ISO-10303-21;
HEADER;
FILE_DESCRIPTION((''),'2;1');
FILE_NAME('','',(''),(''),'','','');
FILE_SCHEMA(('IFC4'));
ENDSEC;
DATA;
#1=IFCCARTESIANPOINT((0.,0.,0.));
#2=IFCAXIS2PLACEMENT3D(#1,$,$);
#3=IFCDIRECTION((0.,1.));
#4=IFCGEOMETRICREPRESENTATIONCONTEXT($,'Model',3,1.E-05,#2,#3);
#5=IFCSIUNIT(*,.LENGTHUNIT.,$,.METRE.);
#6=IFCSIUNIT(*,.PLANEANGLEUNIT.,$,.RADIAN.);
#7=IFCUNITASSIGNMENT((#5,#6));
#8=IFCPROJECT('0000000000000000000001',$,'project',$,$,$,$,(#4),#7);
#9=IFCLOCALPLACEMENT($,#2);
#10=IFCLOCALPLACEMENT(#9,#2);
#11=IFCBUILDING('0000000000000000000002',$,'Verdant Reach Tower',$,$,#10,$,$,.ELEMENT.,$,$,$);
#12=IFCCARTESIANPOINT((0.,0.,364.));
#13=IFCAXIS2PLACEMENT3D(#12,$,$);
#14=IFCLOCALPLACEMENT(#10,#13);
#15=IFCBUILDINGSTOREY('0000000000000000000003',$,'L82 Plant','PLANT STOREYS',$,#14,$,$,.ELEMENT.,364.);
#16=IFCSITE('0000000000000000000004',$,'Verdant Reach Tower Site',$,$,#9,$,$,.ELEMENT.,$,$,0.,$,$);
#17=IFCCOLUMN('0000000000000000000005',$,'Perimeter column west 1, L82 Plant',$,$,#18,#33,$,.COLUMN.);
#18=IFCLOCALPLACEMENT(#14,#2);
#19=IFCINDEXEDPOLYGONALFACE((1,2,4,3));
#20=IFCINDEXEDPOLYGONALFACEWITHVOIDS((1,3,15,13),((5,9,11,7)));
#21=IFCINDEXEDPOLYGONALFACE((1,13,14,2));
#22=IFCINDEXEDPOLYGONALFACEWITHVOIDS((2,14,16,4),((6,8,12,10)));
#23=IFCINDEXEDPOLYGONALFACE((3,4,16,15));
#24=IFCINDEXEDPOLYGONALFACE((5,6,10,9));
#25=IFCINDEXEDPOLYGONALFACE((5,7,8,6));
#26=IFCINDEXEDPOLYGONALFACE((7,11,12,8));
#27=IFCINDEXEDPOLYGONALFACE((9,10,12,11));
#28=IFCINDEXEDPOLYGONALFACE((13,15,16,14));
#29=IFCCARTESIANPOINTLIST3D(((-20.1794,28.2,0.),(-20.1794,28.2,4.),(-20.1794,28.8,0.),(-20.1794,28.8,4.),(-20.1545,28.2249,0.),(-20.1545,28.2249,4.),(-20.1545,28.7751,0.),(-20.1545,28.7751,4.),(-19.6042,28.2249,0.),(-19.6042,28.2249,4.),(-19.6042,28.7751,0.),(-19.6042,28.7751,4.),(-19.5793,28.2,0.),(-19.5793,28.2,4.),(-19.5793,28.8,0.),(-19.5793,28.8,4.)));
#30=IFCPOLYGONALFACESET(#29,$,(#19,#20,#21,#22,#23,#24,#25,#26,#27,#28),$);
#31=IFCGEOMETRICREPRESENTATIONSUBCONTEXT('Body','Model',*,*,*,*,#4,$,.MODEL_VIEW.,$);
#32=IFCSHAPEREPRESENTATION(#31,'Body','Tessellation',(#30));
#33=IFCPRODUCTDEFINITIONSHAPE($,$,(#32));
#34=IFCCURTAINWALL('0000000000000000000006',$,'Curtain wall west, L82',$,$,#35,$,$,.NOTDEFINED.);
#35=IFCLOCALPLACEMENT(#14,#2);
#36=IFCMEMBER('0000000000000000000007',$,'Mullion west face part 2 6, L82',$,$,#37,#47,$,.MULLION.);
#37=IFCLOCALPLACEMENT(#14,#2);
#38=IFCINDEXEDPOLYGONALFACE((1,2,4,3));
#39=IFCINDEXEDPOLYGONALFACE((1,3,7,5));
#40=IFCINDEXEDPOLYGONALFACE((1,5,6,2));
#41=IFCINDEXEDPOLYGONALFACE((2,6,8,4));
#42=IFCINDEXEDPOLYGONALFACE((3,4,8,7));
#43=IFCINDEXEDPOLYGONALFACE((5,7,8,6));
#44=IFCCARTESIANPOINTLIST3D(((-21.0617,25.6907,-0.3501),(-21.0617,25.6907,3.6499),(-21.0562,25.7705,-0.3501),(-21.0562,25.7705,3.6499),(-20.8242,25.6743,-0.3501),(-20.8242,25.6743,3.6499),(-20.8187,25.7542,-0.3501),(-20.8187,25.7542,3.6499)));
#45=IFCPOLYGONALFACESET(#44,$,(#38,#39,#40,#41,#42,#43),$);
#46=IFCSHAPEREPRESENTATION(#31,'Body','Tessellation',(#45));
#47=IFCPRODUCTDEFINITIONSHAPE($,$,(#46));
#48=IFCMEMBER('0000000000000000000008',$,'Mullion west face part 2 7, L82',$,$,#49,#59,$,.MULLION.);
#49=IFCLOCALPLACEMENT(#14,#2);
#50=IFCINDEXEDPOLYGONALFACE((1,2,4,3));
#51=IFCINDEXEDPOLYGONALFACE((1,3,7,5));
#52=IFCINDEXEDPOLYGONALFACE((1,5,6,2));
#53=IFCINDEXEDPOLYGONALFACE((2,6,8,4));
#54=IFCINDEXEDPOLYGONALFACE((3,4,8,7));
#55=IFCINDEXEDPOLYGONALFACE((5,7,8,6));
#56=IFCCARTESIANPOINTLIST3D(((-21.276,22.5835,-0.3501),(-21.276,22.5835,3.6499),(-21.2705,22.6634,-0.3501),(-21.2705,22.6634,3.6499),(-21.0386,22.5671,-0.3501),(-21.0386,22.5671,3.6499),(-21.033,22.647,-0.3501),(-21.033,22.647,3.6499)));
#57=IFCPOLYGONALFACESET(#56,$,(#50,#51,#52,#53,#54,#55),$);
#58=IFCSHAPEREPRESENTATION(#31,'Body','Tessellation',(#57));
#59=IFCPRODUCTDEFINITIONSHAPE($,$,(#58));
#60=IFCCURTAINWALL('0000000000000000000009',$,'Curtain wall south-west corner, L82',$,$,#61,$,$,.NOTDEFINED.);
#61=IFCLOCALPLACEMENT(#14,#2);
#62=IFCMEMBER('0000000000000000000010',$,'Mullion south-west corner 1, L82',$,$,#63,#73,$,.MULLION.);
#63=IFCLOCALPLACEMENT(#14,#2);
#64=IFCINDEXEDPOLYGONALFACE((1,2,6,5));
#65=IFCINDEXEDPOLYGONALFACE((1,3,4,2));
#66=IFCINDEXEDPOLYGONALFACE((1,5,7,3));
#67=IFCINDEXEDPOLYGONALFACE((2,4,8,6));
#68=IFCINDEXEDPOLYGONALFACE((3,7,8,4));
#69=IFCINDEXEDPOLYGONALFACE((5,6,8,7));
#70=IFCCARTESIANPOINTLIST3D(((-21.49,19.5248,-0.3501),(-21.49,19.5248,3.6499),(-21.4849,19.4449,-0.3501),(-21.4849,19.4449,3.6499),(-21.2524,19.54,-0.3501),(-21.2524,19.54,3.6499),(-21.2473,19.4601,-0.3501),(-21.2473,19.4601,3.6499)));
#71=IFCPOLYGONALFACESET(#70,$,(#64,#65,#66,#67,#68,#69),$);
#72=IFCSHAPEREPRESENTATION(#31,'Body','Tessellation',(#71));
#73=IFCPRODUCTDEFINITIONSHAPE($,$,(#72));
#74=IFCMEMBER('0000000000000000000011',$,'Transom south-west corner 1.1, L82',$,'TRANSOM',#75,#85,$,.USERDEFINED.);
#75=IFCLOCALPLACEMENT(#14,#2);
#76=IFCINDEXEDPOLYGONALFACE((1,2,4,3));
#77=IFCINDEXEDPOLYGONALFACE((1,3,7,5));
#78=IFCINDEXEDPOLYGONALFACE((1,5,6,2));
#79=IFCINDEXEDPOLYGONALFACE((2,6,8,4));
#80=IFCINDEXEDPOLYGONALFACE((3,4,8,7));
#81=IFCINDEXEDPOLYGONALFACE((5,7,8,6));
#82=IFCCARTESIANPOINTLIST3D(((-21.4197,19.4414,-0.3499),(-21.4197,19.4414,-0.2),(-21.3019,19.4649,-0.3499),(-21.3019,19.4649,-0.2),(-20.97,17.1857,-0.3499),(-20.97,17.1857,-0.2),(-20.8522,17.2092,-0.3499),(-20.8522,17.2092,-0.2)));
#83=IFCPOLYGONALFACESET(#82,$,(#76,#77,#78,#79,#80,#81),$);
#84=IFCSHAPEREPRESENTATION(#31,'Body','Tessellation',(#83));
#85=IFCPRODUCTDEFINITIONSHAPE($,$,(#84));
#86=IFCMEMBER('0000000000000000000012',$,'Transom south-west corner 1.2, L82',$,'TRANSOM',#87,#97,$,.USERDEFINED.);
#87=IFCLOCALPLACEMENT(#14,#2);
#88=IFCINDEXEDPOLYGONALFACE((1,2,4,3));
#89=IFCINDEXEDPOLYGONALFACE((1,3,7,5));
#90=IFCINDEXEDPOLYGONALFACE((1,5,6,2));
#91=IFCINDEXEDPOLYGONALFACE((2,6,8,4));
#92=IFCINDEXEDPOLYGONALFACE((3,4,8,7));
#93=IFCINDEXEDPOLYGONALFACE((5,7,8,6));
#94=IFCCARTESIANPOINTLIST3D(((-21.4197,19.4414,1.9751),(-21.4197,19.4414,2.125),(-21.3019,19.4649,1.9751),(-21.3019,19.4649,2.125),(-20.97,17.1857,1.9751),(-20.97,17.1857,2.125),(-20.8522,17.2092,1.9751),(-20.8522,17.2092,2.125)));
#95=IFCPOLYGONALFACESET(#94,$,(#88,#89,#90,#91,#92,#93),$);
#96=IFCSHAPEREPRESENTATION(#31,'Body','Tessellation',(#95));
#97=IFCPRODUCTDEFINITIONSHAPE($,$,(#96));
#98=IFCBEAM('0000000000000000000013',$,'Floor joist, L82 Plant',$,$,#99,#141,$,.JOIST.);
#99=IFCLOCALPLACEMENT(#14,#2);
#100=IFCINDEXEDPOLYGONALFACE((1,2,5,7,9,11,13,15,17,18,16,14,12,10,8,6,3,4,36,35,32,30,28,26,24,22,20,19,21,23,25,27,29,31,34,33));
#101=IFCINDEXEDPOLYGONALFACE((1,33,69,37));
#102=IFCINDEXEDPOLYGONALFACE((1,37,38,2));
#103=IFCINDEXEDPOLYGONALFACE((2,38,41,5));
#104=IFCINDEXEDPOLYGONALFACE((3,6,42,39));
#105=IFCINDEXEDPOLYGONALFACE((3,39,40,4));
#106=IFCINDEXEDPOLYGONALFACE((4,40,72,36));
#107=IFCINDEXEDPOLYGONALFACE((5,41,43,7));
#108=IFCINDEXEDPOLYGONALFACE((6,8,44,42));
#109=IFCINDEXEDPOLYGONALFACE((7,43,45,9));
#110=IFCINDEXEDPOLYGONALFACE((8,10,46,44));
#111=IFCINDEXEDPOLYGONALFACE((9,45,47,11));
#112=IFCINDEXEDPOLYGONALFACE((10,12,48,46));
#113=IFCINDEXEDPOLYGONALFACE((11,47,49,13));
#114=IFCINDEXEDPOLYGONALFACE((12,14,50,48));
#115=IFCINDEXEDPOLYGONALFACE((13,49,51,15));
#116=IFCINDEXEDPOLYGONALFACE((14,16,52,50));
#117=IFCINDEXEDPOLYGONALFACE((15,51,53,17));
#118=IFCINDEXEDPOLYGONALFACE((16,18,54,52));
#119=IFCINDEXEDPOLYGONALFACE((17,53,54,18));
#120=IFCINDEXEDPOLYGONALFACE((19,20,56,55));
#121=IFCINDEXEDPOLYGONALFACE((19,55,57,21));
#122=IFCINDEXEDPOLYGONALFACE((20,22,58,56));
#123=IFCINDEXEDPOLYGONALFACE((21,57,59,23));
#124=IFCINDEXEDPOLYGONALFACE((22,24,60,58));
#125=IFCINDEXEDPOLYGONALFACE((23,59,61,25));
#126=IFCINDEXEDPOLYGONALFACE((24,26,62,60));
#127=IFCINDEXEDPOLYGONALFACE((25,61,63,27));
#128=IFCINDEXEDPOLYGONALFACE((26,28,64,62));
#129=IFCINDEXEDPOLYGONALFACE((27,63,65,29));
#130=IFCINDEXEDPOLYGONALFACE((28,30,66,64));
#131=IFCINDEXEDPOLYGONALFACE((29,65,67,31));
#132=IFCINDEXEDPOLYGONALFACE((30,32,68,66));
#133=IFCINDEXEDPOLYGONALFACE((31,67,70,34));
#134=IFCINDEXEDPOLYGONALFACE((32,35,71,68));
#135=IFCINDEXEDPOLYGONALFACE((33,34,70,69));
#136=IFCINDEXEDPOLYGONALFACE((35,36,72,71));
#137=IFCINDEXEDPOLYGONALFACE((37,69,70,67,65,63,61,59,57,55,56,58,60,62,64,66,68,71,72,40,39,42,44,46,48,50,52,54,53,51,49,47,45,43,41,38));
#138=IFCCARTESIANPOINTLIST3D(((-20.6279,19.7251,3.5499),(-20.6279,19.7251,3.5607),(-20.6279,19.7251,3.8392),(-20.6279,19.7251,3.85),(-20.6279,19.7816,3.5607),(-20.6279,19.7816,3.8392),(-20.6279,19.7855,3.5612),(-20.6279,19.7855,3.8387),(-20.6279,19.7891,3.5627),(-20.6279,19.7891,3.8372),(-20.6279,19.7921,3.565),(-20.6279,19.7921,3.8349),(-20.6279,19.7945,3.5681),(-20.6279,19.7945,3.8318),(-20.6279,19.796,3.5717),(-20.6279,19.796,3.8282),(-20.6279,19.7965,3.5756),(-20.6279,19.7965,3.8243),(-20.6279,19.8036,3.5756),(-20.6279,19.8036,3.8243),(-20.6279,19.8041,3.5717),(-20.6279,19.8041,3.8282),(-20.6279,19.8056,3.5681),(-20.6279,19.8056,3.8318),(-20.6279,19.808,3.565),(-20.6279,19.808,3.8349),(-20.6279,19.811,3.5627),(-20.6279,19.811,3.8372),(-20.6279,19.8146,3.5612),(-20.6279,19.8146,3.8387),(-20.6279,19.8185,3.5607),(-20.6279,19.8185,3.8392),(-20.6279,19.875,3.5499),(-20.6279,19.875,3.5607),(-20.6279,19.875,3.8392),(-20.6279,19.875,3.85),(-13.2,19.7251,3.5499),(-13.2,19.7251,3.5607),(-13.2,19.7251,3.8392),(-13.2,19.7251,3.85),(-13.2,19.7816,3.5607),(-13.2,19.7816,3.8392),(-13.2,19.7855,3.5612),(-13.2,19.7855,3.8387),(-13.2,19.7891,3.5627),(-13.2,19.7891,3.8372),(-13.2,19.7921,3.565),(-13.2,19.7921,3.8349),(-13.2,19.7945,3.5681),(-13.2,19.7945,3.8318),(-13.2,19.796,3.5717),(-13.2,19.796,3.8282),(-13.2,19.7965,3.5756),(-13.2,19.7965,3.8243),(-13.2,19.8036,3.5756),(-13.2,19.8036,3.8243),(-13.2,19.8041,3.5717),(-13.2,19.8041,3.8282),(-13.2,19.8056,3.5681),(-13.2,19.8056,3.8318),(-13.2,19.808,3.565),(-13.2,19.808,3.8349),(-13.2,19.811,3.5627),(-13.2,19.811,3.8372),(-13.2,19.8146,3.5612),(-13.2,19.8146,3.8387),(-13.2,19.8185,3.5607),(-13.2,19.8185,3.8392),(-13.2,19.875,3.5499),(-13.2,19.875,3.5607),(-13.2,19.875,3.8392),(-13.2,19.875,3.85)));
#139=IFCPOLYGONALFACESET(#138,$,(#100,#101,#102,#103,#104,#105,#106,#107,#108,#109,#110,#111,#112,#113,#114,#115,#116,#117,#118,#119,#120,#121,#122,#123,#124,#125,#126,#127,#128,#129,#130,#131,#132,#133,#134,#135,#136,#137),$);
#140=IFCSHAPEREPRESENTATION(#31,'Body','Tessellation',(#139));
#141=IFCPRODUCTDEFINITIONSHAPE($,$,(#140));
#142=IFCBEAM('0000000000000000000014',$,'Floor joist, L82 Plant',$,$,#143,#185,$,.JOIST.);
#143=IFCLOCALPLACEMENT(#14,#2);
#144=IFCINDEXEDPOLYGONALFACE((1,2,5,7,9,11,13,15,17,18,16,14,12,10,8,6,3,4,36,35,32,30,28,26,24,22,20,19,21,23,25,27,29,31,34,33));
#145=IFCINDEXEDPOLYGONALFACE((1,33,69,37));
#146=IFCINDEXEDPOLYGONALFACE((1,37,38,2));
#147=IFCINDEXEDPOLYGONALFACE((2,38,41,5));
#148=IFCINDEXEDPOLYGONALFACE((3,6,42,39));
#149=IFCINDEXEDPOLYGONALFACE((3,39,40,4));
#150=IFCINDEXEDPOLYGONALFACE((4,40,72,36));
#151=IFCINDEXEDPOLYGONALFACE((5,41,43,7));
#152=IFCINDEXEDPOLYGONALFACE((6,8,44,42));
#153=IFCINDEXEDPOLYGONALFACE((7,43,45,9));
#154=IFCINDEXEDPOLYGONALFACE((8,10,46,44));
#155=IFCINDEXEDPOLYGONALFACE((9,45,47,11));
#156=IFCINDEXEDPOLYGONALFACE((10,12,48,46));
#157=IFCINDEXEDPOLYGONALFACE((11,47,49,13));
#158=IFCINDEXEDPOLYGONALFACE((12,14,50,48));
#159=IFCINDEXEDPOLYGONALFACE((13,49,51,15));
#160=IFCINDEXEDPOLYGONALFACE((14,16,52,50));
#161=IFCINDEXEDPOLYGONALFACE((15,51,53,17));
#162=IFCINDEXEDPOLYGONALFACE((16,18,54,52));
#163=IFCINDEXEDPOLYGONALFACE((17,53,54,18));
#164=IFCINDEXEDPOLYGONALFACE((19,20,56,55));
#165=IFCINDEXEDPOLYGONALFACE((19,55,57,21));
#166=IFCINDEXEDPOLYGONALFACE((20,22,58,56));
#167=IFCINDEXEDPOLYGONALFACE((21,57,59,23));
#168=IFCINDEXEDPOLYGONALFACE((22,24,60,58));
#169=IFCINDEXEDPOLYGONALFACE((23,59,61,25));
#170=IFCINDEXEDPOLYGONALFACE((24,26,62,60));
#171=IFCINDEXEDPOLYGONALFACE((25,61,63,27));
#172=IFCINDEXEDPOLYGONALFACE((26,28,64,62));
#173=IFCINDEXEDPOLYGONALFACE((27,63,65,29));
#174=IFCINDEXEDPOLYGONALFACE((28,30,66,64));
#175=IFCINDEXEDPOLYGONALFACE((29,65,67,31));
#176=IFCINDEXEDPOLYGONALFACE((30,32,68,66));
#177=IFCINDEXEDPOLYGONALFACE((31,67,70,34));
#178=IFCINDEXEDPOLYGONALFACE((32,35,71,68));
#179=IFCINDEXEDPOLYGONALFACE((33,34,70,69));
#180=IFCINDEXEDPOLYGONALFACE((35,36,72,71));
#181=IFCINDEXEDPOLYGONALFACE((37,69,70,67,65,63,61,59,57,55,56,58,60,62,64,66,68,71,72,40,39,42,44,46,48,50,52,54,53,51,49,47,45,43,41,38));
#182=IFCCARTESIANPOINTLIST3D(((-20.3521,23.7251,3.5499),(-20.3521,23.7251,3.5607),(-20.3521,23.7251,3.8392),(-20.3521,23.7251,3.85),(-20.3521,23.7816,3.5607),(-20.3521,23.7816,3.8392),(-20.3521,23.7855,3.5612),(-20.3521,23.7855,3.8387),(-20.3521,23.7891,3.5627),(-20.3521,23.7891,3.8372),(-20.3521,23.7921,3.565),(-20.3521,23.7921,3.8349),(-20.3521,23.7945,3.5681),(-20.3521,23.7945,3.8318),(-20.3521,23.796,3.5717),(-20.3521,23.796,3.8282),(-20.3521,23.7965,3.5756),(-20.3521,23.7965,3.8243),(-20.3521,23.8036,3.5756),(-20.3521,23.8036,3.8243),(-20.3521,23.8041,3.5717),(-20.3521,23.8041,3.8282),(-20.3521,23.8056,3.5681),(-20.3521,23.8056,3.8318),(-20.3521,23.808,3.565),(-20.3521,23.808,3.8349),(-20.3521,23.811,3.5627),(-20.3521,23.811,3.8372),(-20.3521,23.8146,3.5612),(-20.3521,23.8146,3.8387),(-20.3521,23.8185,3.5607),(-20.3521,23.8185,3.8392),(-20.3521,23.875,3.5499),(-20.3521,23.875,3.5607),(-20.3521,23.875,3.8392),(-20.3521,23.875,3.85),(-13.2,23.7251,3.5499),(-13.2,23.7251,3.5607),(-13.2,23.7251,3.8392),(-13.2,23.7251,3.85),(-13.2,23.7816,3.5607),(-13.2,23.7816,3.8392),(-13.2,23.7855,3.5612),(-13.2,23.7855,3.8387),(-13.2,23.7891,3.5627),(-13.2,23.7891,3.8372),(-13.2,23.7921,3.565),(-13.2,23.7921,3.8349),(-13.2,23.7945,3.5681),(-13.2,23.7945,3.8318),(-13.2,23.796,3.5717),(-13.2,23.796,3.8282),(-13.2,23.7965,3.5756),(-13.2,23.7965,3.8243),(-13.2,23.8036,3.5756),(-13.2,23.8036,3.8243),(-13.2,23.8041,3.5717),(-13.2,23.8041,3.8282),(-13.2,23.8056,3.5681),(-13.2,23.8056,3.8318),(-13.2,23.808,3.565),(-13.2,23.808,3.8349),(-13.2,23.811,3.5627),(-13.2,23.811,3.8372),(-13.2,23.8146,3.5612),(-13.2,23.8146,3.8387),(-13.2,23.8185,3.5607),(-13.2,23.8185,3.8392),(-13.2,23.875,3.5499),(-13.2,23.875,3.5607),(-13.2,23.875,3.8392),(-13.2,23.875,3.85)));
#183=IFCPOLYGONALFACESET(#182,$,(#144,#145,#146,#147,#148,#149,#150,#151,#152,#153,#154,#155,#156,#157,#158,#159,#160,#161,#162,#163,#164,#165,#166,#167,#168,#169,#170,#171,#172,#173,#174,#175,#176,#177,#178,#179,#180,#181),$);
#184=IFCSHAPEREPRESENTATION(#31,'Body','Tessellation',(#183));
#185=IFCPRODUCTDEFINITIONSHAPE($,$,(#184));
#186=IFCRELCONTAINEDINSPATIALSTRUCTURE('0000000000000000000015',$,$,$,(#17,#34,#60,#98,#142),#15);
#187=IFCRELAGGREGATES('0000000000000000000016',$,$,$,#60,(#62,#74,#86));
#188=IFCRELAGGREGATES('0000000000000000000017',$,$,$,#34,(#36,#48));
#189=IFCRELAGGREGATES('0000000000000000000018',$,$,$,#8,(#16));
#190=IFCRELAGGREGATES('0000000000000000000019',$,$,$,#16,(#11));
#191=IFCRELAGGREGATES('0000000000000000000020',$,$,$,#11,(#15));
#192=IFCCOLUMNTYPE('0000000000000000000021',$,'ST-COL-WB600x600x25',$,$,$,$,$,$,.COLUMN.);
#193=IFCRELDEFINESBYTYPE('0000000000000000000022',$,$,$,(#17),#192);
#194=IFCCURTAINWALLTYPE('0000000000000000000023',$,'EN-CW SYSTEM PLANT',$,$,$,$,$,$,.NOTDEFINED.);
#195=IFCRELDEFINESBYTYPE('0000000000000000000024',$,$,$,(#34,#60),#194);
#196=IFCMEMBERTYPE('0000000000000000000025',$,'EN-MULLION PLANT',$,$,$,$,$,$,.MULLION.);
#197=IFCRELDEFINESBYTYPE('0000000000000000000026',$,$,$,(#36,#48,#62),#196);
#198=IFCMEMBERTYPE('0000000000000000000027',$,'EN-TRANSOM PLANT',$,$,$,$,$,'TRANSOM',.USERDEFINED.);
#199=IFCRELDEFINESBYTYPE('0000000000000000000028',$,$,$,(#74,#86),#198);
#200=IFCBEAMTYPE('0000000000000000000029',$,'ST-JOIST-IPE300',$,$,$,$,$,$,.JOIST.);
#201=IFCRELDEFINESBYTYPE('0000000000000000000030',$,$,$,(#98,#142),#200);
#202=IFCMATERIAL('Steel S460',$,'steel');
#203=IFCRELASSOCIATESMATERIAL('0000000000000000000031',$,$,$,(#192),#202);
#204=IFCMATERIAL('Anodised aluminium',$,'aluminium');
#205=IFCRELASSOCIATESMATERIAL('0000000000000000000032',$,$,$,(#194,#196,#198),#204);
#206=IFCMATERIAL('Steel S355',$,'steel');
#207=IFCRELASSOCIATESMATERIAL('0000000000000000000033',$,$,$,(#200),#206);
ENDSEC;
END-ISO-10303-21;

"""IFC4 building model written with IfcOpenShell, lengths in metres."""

from ifc_helpers import new_model, si_unit, direction, frame, origin, origin_2d, place, context, subcontext, project, spatial, rectangle, hollow_rectangle, i_section, extrude, material, material_profile, profile_set, type_object, element, aggregate, save


model = new_model("IFC4")

# Units and contexts
model_context = context("Model", 3, precision=1e-05, world=origin(), true_north=direction((0.0, 1.0)))
body_context = subcontext(model_context, "Body", "Model", "MODEL_VIEW")
ifc_project = project(units=[si_unit("LENGTHUNIT", "METRE"), si_unit("PLANEANGLEUNIT", "RADIAN")], contexts=[model_context])

# Site, building, storey
site_placement = place(None, origin())
site = spatial("IfcSite", under=ifc_project, at=site_placement, Name="Verdant Reach Tower Site", CompositionType="ELEMENT", RefElevation=0.0)
building_placement = place(site_placement, origin())
building = spatial("IfcBuilding", under=site, at=building_placement, Name="Verdant Reach Tower", CompositionType="ELEMENT")
storey_placement = place(building_placement, frame((0.0, 0.0, 364.0)))
storey = spatial("IfcBuildingStorey", under=building, at=storey_placement, Name="L82 Plant", Description="PLANT STOREYS", CompositionType="ELEMENT", Elevation=364.0)

# Column
ifc_material_1 = material(Name="Steel S460", Category="steel")
ifc_material_profile_1 = material_profile(ifc_material_1, hollow_rectangle(XDim=0.6001, YDim=0.6001, WallThickness=0.0249, at=origin_2d()), Name="WB 600x600x25")
ifc_profile_set_1 = profile_set([ifc_material_profile_1], Name="Steel S460")
column_type = type_object("IfcColumnType", Name="ST-COL-WB600x600x25", PredefinedType="COLUMN", material=ifc_profile_set_1)
column_placement = place(storey_placement, frame((-19.8794, 28.5, 0.0), z_axis=(0.0, 0.0, 1.0), x_axis=(1.0, 0.0, 0.0)))
element("IfcColumn", 1, at=column_placement, inside=storey, type_object=column_type, Name="Perimeter column west 1, L82 Plant", PredefinedType="COLUMN", context=body_context, shape_type="SweptSolid", body=[
    extrude(hollow_rectangle(XDim=0.6001, YDim=0.6001, WallThickness=0.0249, at=origin_2d()), origin(), (0.0, 0.0, 1.0), 4.0),
])

# Curtain walls, members
ifc_material_2 = material(Name="Anodised aluminium", Category="aluminium")
curtain_wall_type = type_object("IfcCurtainWallType", Name="EN-CW SYSTEM PLANT", PredefinedType="NOTDEFINED", material=ifc_material_2)
curtain_wall_1_placement = place(storey_placement, origin())
curtain_wall_1 = element("IfcCurtainWall", 2, at=curtain_wall_1_placement, inside=storey, type_object=curtain_wall_type, Name="Curtain wall west, L82", PredefinedType="NOTDEFINED")
ifc_material_profile_2 = material_profile(ifc_material_2, rectangle(XDim=0.238, YDim=0.0801, at=origin_2d()), Name="Mullion 80x240")
ifc_profile_set_2 = profile_set([ifc_material_profile_2], Name="Anodised aluminium")
member_type_1 = type_object("IfcMemberType", Name="EN-MULLION PLANT", PredefinedType="MULLION", material=ifc_profile_set_2)
member_1_placement = place(storey_placement, frame((-20.9402, 25.7224, -0.3501), z_axis=(0.0, 0.0, 1.0), x_axis=(-0.99763, 0.068802, 0.0)))
member_1 = element("IfcMember", 3, at=member_1_placement, type_object=member_type_1, Name="Mullion west face part 2 6, L82", PredefinedType="MULLION", context=body_context, shape_type="SweptSolid", body=[
    extrude(rectangle(XDim=0.238, YDim=0.0801, at=origin_2d()), origin(), (0.0, 0.0, 1.0), 4.0),
])
member_2_placement = place(storey_placement, frame((-21.1545, 22.6152, -0.3501), z_axis=(0.0, 0.0, 1.0), x_axis=(-0.99763, 0.068802, 0.0)))
member_2 = element("IfcMember", 4, at=member_2_placement, type_object=member_type_1, Name="Mullion west face part 2 7, L82", PredefinedType="MULLION", context=body_context, shape_type="SweptSolid", body=[
    extrude(rectangle(XDim=0.238, YDim=0.0801, at=origin_2d()), origin(), (0.0, 0.0, 1.0), 4.0),
])
curtain_wall_2_placement = place(storey_placement, origin())
curtain_wall_2 = element("IfcCurtainWall", 5, at=curtain_wall_2_placement, inside=storey, type_object=curtain_wall_type, Name="Curtain wall south-west corner, L82", PredefinedType="NOTDEFINED")
member_3_placement = place(storey_placement, frame((-21.3687, 19.4924, -0.3501), z_axis=(0.0, 0.0, 1.0), x_axis=(-0.997969, -0.063699, 0.0)))
member_3 = element("IfcMember", 6, at=member_3_placement, type_object=member_type_1, Name="Mullion south-west corner 1, L82", PredefinedType="MULLION", context=body_context, shape_type="SweptSolid", body=[
    extrude(rectangle(XDim=0.238, YDim=0.0801, at=origin_2d()), origin(), (0.0, 0.0, 1.0), 4.0),
])
ifc_material_profile_3 = material_profile(ifc_material_2, rectangle(XDim=0.1201, YDim=0.1499, at=origin_2d()), Name="Transom 150x120")
ifc_profile_set_3 = profile_set([ifc_material_profile_3], Name="Anodised aluminium")
member_type_2 = type_object("IfcMemberType", Name="EN-TRANSOM PLANT", ElementType="TRANSOM", PredefinedType="USERDEFINED", material=ifc_profile_set_3)
member_4_placement = place(storey_placement, frame((-21.3608, 19.4531, -0.2749), z_axis=(0.195524, -0.980699, 0.0), x_axis=(0.980699, 0.195524, 0.0)))
member_4 = element("IfcMember", 7, at=member_4_placement, type_object=member_type_2, Name="Transom south-west corner 1.1, L82", ObjectType="TRANSOM", PredefinedType="USERDEFINED", context=body_context, shape_type="SweptSolid", body=[
    extrude(rectangle(XDim=0.1201, YDim=0.1499, at=origin_2d()), origin(), (0.0, 0.0, 1.0), 2.3),
])
member_5_placement = place(storey_placement, frame((-21.3608, 19.4531, 2.05), z_axis=(0.195524, -0.980699, 0.0), x_axis=(0.980699, 0.195524, 0.0)))
member_5 = element("IfcMember", 8, at=member_5_placement, type_object=member_type_2, Name="Transom south-west corner 1.2, L82", ObjectType="TRANSOM", PredefinedType="USERDEFINED", context=body_context, shape_type="SweptSolid", body=[
    extrude(rectangle(XDim=0.1201, YDim=0.1499, at=origin_2d()), origin(), (0.0, 0.0, 1.0), 2.3),
])
aggregate(curtain_wall_2, [member_3, member_4, member_5])

# Beams
ifc_material_3 = material(Name="Steel S355", Category="steel")
ifc_material_profile_4 = material_profile(ifc_material_3, i_section(OverallWidth=0.1499, OverallDepth=0.3, WebThickness=0.0071, FlangeThickness=0.0107, FilletRadius=0.0149, at=origin_2d()), Name="IPE 300")
ifc_profile_set_4 = profile_set([ifc_material_profile_4], Name="Steel S355")
beam_type_1 = type_object("IfcBeamType", Name="ST-JOIST-IPE300", PredefinedType="JOIST", material=ifc_profile_set_4)
beam_1_placement = place(storey_placement, frame((-13.2, 19.8, 3.7), z_axis=(-1.0, 0.0, 0.0), x_axis=(0.0, -1.0, 0.0)))
element("IfcBeam", 9, at=beam_1_placement, inside=storey, type_object=beam_type_1, Name="Floor joist, L82 Plant", PredefinedType="JOIST", context=body_context, shape_type="SweptSolid", body=[
    extrude(i_section(OverallWidth=0.1499, OverallDepth=0.3, WebThickness=0.0071, FlangeThickness=0.0107, FilletRadius=0.0149, at=origin_2d()), origin(), (0.0, 0.0, 1.0), 7.428),
])
beam_2_placement = place(storey_placement, frame((-13.2, 23.8, 3.7), z_axis=(-1.0, 0.0, 0.0), x_axis=(0.0, -1.0, 0.0)))
element("IfcBeam", 10, at=beam_2_placement, inside=storey, type_object=beam_type_1, Name="Floor joist, L82 Plant", PredefinedType="JOIST", context=body_context, shape_type="SweptSolid", body=[
    extrude(i_section(OverallWidth=0.1499, OverallDepth=0.3, WebThickness=0.0071, FlangeThickness=0.0107, FilletRadius=0.0149, at=origin_2d()), origin(), (0.0, 0.0, 1.0), 7.1521),
])

aggregate(curtain_wall_1, [member_1, member_2])

save(model, "model.ifc")
